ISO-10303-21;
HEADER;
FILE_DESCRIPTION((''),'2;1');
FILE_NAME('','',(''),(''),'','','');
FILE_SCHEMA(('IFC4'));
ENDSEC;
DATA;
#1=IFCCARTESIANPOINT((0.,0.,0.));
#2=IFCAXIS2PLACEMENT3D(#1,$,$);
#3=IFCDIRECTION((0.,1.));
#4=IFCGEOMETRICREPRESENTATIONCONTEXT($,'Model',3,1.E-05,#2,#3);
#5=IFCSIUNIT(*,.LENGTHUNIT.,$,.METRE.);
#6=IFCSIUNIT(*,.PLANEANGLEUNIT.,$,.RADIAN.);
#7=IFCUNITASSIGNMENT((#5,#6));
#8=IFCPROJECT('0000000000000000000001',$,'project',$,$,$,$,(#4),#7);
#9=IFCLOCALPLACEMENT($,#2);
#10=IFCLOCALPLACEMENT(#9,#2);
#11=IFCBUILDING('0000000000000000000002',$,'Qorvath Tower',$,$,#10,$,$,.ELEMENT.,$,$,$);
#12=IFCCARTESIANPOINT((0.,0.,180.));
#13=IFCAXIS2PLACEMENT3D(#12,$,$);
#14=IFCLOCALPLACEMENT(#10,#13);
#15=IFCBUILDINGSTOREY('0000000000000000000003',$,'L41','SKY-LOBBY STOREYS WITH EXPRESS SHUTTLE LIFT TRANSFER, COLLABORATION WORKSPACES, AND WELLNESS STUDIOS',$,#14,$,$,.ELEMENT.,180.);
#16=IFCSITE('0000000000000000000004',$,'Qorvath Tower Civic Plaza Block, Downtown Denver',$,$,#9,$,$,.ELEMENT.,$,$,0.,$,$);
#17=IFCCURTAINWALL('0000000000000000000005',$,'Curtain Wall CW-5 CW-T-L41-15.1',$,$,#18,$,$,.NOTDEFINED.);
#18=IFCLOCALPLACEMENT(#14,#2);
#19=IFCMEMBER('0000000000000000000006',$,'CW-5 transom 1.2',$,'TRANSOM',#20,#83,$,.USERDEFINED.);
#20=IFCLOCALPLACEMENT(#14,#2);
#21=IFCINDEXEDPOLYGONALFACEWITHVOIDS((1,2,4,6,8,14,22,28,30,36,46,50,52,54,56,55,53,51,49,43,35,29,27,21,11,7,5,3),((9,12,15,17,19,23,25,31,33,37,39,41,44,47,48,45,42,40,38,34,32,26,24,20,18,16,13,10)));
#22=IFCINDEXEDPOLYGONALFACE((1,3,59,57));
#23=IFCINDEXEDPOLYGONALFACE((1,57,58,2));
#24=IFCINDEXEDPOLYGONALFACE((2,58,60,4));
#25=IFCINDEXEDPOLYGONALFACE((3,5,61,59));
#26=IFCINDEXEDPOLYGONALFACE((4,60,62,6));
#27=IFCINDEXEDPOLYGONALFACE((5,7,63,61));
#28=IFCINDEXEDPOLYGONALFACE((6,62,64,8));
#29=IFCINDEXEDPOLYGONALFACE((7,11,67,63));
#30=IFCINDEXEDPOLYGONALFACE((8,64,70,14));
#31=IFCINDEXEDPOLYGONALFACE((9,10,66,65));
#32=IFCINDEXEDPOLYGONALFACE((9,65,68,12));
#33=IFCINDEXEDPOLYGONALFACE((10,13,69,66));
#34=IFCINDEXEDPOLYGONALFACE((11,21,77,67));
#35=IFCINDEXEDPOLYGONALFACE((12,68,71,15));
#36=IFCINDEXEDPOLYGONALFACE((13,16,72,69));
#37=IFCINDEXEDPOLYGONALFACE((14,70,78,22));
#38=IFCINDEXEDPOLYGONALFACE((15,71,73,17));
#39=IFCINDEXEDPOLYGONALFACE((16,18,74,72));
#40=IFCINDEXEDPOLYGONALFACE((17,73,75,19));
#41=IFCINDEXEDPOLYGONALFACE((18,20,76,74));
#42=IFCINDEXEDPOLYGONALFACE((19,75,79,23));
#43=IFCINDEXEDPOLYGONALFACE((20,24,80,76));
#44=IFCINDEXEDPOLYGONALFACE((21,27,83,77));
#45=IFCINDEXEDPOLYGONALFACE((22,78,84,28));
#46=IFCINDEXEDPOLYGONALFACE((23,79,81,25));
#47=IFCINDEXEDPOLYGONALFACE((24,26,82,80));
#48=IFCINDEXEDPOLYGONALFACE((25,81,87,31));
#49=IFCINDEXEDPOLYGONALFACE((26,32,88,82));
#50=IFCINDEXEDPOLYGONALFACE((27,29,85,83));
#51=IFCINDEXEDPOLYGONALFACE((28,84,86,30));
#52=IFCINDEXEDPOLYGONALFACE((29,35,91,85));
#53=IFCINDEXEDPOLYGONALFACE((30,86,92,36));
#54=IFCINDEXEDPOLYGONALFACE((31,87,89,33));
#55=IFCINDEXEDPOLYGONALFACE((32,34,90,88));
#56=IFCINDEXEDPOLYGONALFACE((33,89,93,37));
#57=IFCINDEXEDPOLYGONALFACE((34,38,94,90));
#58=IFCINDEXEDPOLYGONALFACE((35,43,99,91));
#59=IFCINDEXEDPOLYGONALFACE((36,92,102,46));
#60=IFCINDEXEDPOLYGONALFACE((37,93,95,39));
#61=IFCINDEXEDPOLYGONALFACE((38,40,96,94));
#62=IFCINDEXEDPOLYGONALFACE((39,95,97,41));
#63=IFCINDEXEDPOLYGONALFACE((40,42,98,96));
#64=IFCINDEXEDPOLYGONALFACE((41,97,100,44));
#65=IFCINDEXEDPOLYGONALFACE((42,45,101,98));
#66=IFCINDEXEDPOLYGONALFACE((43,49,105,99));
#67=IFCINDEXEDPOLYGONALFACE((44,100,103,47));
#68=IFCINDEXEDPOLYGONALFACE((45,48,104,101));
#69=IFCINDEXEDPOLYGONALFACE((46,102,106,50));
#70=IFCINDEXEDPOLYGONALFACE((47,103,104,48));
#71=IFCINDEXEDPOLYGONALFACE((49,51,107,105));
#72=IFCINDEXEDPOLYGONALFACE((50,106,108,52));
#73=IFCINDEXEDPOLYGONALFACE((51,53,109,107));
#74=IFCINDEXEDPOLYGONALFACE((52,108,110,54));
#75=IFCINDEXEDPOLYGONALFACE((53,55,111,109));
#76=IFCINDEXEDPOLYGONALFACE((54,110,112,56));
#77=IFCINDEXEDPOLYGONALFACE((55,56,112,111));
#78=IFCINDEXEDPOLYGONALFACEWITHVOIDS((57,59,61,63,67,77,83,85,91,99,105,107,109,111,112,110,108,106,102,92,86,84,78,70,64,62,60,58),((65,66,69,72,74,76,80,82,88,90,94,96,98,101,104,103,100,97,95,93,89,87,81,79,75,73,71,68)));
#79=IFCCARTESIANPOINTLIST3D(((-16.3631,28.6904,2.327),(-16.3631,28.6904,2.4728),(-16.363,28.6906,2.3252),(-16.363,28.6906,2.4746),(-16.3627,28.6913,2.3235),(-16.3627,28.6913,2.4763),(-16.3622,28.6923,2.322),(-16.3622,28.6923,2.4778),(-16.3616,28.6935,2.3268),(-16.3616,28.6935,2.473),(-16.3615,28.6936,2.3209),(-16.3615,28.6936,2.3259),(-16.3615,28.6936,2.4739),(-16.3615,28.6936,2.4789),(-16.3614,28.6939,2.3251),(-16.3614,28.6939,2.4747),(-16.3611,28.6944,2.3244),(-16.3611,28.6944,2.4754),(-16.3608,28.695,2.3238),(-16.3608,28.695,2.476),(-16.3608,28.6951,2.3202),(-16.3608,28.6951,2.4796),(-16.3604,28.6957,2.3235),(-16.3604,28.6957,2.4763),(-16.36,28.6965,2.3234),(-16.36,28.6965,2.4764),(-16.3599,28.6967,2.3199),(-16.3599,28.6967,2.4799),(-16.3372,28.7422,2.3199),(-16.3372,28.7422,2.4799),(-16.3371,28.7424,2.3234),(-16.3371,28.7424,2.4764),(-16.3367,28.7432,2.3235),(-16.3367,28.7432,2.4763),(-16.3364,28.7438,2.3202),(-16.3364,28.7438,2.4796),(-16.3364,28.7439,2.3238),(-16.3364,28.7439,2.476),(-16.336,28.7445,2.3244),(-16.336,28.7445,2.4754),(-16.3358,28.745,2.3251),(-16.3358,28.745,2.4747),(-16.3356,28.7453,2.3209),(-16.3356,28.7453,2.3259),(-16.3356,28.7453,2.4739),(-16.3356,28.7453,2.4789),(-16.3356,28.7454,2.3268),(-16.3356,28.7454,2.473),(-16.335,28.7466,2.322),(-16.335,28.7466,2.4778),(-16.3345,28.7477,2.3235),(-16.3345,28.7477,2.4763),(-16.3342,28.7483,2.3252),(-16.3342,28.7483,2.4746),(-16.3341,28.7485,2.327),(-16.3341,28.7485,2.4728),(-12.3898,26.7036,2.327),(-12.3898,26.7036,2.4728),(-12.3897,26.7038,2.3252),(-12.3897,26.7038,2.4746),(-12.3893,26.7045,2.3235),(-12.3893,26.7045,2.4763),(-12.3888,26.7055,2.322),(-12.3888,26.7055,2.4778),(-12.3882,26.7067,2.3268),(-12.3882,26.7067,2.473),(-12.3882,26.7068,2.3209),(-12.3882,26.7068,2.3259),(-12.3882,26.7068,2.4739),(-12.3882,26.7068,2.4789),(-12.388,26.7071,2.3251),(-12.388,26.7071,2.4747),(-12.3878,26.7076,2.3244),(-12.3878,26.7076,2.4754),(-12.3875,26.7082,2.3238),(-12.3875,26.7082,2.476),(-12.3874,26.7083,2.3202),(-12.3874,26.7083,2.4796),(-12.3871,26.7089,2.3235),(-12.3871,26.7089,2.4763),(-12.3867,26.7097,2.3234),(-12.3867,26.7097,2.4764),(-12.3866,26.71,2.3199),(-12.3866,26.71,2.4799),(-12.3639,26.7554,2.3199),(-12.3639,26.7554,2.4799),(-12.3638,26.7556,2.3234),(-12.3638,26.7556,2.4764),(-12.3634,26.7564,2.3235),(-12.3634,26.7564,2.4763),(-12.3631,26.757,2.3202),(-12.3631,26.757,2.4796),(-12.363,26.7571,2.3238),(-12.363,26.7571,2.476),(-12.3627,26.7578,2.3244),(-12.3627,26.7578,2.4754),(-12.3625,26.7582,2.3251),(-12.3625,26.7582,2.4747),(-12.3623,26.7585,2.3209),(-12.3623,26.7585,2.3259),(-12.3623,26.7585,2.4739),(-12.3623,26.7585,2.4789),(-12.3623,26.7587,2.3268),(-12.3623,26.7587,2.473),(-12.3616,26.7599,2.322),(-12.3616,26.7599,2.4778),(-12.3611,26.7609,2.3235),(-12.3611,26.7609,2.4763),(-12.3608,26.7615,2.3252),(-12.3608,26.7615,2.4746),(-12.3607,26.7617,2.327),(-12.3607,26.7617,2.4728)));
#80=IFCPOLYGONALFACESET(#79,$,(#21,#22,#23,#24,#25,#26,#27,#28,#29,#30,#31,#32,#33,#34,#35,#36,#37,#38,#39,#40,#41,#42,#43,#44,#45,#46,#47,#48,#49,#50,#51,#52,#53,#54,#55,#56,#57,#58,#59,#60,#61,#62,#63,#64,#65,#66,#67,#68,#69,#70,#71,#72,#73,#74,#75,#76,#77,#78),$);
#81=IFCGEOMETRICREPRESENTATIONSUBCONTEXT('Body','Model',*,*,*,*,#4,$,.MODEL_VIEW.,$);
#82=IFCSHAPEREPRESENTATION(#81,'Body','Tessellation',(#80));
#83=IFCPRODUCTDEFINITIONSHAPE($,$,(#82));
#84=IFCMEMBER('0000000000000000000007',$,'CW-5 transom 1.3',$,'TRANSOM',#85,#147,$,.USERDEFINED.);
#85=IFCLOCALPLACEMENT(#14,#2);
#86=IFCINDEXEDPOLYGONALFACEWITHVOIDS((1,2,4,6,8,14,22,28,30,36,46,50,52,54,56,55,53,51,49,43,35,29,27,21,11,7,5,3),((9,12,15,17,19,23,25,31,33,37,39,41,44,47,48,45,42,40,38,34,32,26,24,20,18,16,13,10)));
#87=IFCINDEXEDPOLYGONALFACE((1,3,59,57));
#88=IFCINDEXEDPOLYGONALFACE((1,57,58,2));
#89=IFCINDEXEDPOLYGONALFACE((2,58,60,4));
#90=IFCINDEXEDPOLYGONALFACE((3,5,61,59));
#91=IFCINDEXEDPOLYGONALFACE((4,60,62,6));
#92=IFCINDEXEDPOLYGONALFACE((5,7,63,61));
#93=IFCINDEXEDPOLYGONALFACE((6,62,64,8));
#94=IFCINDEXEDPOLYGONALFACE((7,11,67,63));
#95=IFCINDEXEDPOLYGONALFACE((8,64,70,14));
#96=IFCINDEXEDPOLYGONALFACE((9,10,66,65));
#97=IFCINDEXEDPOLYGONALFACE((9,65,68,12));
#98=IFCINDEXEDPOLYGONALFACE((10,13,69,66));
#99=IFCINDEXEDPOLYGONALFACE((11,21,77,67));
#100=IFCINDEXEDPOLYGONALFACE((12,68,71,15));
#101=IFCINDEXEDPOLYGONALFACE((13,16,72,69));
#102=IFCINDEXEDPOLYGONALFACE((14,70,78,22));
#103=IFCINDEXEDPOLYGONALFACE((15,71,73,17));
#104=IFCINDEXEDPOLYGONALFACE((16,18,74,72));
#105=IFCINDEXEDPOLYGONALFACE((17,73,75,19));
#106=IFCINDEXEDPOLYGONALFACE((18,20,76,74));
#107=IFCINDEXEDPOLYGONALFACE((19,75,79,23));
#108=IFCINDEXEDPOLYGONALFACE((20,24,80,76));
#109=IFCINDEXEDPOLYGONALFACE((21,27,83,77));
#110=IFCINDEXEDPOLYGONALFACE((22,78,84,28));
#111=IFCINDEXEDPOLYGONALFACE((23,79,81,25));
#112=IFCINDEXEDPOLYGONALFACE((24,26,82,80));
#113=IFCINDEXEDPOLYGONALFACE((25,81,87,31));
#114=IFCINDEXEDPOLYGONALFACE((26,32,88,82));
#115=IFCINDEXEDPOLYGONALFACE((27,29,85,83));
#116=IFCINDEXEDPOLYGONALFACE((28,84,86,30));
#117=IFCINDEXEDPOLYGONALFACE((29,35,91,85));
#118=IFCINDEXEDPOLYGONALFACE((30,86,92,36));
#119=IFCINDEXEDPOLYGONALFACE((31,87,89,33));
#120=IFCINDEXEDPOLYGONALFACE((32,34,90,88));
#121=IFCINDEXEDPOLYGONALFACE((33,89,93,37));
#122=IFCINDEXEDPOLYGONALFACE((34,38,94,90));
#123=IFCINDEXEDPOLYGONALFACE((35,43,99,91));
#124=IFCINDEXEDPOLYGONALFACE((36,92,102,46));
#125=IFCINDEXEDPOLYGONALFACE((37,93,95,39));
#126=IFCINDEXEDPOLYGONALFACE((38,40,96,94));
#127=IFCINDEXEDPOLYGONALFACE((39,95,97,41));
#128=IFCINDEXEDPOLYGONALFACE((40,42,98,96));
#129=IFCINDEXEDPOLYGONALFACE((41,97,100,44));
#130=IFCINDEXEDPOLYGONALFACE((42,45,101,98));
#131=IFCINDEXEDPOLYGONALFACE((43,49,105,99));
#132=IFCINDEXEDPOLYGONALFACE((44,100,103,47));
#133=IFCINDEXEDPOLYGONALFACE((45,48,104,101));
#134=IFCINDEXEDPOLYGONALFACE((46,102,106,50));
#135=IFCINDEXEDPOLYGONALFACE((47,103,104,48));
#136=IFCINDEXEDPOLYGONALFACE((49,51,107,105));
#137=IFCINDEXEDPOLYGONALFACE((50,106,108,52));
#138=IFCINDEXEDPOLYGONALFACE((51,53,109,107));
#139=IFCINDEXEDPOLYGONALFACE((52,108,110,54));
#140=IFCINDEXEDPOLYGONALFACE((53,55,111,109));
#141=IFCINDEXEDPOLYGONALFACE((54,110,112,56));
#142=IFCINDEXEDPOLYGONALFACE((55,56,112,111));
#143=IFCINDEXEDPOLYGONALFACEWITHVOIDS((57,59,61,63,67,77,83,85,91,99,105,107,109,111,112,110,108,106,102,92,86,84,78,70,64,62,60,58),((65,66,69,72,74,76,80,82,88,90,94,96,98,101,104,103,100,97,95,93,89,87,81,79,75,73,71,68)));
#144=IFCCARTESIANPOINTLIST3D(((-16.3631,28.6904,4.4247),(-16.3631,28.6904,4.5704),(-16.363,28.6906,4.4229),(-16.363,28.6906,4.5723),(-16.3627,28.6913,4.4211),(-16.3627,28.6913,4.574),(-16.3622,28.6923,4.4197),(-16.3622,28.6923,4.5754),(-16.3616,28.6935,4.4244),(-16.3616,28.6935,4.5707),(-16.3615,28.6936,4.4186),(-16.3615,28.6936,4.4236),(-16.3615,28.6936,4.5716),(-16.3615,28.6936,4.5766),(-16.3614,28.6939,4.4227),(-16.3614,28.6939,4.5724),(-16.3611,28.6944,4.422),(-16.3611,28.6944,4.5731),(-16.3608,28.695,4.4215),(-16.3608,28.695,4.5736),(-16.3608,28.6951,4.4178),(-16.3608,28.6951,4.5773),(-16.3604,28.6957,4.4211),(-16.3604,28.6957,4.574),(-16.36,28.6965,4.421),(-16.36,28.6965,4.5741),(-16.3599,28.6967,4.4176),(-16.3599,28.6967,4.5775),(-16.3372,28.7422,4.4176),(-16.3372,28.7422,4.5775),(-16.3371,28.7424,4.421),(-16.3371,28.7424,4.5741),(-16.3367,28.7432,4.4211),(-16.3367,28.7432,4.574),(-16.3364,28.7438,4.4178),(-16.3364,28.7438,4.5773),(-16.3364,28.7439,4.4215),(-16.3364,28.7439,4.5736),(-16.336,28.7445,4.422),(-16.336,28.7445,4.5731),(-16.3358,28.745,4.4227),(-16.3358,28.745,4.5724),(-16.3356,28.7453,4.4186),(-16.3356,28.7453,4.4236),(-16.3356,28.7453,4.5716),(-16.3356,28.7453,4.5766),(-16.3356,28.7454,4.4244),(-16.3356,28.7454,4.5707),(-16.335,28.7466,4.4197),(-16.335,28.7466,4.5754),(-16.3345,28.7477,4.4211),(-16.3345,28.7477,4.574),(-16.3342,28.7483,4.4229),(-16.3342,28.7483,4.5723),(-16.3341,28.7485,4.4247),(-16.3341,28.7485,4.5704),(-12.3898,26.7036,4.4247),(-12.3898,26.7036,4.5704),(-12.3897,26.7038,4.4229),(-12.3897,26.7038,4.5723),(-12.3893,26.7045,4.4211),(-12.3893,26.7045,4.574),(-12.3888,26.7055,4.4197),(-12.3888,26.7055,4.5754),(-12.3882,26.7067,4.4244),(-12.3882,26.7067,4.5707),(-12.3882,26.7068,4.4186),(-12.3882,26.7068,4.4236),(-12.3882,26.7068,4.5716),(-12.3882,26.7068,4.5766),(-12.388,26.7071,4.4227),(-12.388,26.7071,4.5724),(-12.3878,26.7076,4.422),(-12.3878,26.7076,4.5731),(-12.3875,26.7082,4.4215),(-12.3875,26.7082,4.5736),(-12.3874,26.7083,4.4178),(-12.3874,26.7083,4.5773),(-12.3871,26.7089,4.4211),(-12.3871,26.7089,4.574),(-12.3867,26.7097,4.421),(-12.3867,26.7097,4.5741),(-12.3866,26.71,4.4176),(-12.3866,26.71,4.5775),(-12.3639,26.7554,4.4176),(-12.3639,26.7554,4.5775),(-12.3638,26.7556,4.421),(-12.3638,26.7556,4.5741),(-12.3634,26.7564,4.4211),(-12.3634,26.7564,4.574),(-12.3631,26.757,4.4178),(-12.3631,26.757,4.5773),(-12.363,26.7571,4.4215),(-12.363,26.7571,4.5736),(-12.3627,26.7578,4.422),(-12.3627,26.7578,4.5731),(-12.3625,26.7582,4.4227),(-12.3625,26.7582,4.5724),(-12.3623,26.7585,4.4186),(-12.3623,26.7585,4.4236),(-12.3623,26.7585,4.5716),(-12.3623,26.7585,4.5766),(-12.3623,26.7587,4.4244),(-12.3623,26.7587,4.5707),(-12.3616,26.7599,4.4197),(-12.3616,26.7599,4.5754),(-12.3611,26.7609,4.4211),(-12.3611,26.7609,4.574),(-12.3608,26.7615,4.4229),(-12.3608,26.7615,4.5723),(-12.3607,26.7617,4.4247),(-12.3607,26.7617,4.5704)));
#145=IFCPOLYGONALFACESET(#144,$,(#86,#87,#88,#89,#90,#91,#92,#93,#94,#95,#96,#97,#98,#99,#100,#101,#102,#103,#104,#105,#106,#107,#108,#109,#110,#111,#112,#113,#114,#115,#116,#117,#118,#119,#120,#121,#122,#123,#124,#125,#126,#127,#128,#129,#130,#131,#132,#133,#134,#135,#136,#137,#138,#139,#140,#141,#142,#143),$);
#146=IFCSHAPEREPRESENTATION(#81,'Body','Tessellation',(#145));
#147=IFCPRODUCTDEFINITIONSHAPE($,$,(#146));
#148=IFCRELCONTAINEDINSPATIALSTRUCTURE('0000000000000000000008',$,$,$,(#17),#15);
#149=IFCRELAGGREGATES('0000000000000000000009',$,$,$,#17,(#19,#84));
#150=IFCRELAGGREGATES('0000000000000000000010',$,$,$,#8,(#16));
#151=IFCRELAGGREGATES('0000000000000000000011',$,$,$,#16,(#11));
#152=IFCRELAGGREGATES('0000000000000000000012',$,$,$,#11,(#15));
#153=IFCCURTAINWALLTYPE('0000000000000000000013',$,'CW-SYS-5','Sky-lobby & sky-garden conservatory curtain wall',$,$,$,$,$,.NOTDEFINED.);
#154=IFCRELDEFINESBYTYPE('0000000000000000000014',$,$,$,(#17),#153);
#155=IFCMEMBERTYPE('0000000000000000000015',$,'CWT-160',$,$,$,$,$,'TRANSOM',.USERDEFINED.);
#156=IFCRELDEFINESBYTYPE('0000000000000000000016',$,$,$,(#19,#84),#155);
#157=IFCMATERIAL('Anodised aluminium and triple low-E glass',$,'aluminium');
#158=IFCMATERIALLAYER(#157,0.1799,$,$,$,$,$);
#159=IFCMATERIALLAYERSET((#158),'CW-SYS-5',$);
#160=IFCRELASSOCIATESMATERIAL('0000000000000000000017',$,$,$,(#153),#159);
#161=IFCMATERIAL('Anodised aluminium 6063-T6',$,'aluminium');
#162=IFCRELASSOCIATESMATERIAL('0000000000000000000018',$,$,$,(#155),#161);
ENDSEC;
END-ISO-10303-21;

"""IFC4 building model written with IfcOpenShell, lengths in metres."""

from ifc_helpers import new_model, si_unit, direction, frame, origin, origin_2d, place, context, subcontext, project, spatial, hollow_rectangle, extrude, material, layer, layer_set, material_profile, profile_set, type_object, element, aggregate, save


model = new_model("IFC4")

# Units and contexts
model_context = context("Model", 3, precision=1e-05, world=origin(), true_north=direction((0.0, 1.0)))
body_context = subcontext(model_context, "Body", "Model", "MODEL_VIEW")
ifc_project = project(units=[si_unit("LENGTHUNIT", "METRE"), si_unit("PLANEANGLEUNIT", "RADIAN")], contexts=[model_context])

# Site, building, storey
site_placement = place(None, origin())
site = spatial("IfcSite", under=ifc_project, at=site_placement, Name="Qorvath Tower Civic Plaza Block, Downtown Denver", CompositionType="ELEMENT", RefElevation=0.0)
building_placement = place(site_placement, origin())
building = spatial("IfcBuilding", under=site, at=building_placement, Name="Qorvath Tower", CompositionType="ELEMENT")
storey_placement = place(building_placement, frame((0.0, 0.0, 180.0)))
storey = spatial("IfcBuildingStorey", under=building, at=storey_placement, Name="L41", Description="SKY-LOBBY STOREYS WITH EXPRESS SHUTTLE LIFT TRANSFER, COLLABORATION WORKSPACES, AND WELLNESS STUDIOS", CompositionType="ELEMENT", Elevation=180.0)

# Shared definitions
ifc_material_1 = material(Name="Anodised aluminium and triple low-E glass", Category="aluminium")
ifc_layer_1 = layer(ifc_material_1, 0.1799)
ifc_layer_set_1 = layer_set([ifc_layer_1], Name="CW-SYS-5")
curtain_wall_type = type_object("IfcCurtainWallType", Name="CW-SYS-5", Description="Sky-lobby & sky-garden conservatory curtain wall", PredefinedType="NOTDEFINED", material=ifc_layer_set_1)

# Curtain wall
curtain_wall_1_placement = place(storey_placement, origin())
curtain_wall_1 = element("IfcCurtainWall", 1, at=curtain_wall_1_placement, inside=storey, type_object=curtain_wall_type, Name="Curtain Wall CW-5 CW-T-L41-15.1", PredefinedType="NOTDEFINED")

# Members
ifc_material_2 = material(Name="Anodised aluminium 6063-T6", Category="aluminium")
ifc_material_profile_1 = material_profile(ifc_material_2, hollow_rectangle(XDim=0.0649, YDim=0.1599, WallThickness=0.0034, InnerFilletRadius=0.0034, OuterFilletRadius=0.0071, at=origin_2d()), Name="CWT 160x65")
ifc_profile_set_1 = profile_set([ifc_material_profile_1], Name="Anodised aluminium 6063-T6")
member_type_1 = type_object("IfcMemberType", Name="CWT-160", ElementType="TRANSOM", PredefinedType="USERDEFINED", material=ifc_profile_set_1)
member_1_placement = place(storey_placement, frame((-12.3752, 26.7327, 2.3999), z_axis=(-0.894416, 0.447236, 0.0), x_axis=(-0.447236, -0.894416, 0.0)))
member_1 = element("IfcMember", 2, at=member_1_placement, type_object=member_type_1, Name="CW-5 transom 1.2", ObjectType="TRANSOM", PredefinedType="USERDEFINED", context=body_context, shape_type="SweptSolid", body=[
    extrude(hollow_rectangle(XDim=0.0649, YDim=0.1599, WallThickness=0.0034, InnerFilletRadius=0.0034, OuterFilletRadius=0.0071, at=origin_2d()), origin(), (0.0, 0.0, 1.0), 4.4424),
])
member_2_placement = place(storey_placement, frame((-12.3752, 26.7327, 4.4976), z_axis=(-0.894416, 0.447236, 0.0), x_axis=(-0.447236, -0.894416, 0.0)))
member_2 = element("IfcMember", 3, at=member_2_placement, type_object=member_type_1, Name="CW-5 transom 1.3", ObjectType="TRANSOM", PredefinedType="USERDEFINED", context=body_context, shape_type="SweptSolid", body=[
    extrude(hollow_rectangle(XDim=0.0649, YDim=0.1599, WallThickness=0.0034, InnerFilletRadius=0.0034, OuterFilletRadius=0.0071, at=origin_2d()), origin(), (0.0, 0.0, 1.0), 4.4424),
])

aggregate(curtain_wall_1, [member_1, member_2])

save(model, "model.ifc")
